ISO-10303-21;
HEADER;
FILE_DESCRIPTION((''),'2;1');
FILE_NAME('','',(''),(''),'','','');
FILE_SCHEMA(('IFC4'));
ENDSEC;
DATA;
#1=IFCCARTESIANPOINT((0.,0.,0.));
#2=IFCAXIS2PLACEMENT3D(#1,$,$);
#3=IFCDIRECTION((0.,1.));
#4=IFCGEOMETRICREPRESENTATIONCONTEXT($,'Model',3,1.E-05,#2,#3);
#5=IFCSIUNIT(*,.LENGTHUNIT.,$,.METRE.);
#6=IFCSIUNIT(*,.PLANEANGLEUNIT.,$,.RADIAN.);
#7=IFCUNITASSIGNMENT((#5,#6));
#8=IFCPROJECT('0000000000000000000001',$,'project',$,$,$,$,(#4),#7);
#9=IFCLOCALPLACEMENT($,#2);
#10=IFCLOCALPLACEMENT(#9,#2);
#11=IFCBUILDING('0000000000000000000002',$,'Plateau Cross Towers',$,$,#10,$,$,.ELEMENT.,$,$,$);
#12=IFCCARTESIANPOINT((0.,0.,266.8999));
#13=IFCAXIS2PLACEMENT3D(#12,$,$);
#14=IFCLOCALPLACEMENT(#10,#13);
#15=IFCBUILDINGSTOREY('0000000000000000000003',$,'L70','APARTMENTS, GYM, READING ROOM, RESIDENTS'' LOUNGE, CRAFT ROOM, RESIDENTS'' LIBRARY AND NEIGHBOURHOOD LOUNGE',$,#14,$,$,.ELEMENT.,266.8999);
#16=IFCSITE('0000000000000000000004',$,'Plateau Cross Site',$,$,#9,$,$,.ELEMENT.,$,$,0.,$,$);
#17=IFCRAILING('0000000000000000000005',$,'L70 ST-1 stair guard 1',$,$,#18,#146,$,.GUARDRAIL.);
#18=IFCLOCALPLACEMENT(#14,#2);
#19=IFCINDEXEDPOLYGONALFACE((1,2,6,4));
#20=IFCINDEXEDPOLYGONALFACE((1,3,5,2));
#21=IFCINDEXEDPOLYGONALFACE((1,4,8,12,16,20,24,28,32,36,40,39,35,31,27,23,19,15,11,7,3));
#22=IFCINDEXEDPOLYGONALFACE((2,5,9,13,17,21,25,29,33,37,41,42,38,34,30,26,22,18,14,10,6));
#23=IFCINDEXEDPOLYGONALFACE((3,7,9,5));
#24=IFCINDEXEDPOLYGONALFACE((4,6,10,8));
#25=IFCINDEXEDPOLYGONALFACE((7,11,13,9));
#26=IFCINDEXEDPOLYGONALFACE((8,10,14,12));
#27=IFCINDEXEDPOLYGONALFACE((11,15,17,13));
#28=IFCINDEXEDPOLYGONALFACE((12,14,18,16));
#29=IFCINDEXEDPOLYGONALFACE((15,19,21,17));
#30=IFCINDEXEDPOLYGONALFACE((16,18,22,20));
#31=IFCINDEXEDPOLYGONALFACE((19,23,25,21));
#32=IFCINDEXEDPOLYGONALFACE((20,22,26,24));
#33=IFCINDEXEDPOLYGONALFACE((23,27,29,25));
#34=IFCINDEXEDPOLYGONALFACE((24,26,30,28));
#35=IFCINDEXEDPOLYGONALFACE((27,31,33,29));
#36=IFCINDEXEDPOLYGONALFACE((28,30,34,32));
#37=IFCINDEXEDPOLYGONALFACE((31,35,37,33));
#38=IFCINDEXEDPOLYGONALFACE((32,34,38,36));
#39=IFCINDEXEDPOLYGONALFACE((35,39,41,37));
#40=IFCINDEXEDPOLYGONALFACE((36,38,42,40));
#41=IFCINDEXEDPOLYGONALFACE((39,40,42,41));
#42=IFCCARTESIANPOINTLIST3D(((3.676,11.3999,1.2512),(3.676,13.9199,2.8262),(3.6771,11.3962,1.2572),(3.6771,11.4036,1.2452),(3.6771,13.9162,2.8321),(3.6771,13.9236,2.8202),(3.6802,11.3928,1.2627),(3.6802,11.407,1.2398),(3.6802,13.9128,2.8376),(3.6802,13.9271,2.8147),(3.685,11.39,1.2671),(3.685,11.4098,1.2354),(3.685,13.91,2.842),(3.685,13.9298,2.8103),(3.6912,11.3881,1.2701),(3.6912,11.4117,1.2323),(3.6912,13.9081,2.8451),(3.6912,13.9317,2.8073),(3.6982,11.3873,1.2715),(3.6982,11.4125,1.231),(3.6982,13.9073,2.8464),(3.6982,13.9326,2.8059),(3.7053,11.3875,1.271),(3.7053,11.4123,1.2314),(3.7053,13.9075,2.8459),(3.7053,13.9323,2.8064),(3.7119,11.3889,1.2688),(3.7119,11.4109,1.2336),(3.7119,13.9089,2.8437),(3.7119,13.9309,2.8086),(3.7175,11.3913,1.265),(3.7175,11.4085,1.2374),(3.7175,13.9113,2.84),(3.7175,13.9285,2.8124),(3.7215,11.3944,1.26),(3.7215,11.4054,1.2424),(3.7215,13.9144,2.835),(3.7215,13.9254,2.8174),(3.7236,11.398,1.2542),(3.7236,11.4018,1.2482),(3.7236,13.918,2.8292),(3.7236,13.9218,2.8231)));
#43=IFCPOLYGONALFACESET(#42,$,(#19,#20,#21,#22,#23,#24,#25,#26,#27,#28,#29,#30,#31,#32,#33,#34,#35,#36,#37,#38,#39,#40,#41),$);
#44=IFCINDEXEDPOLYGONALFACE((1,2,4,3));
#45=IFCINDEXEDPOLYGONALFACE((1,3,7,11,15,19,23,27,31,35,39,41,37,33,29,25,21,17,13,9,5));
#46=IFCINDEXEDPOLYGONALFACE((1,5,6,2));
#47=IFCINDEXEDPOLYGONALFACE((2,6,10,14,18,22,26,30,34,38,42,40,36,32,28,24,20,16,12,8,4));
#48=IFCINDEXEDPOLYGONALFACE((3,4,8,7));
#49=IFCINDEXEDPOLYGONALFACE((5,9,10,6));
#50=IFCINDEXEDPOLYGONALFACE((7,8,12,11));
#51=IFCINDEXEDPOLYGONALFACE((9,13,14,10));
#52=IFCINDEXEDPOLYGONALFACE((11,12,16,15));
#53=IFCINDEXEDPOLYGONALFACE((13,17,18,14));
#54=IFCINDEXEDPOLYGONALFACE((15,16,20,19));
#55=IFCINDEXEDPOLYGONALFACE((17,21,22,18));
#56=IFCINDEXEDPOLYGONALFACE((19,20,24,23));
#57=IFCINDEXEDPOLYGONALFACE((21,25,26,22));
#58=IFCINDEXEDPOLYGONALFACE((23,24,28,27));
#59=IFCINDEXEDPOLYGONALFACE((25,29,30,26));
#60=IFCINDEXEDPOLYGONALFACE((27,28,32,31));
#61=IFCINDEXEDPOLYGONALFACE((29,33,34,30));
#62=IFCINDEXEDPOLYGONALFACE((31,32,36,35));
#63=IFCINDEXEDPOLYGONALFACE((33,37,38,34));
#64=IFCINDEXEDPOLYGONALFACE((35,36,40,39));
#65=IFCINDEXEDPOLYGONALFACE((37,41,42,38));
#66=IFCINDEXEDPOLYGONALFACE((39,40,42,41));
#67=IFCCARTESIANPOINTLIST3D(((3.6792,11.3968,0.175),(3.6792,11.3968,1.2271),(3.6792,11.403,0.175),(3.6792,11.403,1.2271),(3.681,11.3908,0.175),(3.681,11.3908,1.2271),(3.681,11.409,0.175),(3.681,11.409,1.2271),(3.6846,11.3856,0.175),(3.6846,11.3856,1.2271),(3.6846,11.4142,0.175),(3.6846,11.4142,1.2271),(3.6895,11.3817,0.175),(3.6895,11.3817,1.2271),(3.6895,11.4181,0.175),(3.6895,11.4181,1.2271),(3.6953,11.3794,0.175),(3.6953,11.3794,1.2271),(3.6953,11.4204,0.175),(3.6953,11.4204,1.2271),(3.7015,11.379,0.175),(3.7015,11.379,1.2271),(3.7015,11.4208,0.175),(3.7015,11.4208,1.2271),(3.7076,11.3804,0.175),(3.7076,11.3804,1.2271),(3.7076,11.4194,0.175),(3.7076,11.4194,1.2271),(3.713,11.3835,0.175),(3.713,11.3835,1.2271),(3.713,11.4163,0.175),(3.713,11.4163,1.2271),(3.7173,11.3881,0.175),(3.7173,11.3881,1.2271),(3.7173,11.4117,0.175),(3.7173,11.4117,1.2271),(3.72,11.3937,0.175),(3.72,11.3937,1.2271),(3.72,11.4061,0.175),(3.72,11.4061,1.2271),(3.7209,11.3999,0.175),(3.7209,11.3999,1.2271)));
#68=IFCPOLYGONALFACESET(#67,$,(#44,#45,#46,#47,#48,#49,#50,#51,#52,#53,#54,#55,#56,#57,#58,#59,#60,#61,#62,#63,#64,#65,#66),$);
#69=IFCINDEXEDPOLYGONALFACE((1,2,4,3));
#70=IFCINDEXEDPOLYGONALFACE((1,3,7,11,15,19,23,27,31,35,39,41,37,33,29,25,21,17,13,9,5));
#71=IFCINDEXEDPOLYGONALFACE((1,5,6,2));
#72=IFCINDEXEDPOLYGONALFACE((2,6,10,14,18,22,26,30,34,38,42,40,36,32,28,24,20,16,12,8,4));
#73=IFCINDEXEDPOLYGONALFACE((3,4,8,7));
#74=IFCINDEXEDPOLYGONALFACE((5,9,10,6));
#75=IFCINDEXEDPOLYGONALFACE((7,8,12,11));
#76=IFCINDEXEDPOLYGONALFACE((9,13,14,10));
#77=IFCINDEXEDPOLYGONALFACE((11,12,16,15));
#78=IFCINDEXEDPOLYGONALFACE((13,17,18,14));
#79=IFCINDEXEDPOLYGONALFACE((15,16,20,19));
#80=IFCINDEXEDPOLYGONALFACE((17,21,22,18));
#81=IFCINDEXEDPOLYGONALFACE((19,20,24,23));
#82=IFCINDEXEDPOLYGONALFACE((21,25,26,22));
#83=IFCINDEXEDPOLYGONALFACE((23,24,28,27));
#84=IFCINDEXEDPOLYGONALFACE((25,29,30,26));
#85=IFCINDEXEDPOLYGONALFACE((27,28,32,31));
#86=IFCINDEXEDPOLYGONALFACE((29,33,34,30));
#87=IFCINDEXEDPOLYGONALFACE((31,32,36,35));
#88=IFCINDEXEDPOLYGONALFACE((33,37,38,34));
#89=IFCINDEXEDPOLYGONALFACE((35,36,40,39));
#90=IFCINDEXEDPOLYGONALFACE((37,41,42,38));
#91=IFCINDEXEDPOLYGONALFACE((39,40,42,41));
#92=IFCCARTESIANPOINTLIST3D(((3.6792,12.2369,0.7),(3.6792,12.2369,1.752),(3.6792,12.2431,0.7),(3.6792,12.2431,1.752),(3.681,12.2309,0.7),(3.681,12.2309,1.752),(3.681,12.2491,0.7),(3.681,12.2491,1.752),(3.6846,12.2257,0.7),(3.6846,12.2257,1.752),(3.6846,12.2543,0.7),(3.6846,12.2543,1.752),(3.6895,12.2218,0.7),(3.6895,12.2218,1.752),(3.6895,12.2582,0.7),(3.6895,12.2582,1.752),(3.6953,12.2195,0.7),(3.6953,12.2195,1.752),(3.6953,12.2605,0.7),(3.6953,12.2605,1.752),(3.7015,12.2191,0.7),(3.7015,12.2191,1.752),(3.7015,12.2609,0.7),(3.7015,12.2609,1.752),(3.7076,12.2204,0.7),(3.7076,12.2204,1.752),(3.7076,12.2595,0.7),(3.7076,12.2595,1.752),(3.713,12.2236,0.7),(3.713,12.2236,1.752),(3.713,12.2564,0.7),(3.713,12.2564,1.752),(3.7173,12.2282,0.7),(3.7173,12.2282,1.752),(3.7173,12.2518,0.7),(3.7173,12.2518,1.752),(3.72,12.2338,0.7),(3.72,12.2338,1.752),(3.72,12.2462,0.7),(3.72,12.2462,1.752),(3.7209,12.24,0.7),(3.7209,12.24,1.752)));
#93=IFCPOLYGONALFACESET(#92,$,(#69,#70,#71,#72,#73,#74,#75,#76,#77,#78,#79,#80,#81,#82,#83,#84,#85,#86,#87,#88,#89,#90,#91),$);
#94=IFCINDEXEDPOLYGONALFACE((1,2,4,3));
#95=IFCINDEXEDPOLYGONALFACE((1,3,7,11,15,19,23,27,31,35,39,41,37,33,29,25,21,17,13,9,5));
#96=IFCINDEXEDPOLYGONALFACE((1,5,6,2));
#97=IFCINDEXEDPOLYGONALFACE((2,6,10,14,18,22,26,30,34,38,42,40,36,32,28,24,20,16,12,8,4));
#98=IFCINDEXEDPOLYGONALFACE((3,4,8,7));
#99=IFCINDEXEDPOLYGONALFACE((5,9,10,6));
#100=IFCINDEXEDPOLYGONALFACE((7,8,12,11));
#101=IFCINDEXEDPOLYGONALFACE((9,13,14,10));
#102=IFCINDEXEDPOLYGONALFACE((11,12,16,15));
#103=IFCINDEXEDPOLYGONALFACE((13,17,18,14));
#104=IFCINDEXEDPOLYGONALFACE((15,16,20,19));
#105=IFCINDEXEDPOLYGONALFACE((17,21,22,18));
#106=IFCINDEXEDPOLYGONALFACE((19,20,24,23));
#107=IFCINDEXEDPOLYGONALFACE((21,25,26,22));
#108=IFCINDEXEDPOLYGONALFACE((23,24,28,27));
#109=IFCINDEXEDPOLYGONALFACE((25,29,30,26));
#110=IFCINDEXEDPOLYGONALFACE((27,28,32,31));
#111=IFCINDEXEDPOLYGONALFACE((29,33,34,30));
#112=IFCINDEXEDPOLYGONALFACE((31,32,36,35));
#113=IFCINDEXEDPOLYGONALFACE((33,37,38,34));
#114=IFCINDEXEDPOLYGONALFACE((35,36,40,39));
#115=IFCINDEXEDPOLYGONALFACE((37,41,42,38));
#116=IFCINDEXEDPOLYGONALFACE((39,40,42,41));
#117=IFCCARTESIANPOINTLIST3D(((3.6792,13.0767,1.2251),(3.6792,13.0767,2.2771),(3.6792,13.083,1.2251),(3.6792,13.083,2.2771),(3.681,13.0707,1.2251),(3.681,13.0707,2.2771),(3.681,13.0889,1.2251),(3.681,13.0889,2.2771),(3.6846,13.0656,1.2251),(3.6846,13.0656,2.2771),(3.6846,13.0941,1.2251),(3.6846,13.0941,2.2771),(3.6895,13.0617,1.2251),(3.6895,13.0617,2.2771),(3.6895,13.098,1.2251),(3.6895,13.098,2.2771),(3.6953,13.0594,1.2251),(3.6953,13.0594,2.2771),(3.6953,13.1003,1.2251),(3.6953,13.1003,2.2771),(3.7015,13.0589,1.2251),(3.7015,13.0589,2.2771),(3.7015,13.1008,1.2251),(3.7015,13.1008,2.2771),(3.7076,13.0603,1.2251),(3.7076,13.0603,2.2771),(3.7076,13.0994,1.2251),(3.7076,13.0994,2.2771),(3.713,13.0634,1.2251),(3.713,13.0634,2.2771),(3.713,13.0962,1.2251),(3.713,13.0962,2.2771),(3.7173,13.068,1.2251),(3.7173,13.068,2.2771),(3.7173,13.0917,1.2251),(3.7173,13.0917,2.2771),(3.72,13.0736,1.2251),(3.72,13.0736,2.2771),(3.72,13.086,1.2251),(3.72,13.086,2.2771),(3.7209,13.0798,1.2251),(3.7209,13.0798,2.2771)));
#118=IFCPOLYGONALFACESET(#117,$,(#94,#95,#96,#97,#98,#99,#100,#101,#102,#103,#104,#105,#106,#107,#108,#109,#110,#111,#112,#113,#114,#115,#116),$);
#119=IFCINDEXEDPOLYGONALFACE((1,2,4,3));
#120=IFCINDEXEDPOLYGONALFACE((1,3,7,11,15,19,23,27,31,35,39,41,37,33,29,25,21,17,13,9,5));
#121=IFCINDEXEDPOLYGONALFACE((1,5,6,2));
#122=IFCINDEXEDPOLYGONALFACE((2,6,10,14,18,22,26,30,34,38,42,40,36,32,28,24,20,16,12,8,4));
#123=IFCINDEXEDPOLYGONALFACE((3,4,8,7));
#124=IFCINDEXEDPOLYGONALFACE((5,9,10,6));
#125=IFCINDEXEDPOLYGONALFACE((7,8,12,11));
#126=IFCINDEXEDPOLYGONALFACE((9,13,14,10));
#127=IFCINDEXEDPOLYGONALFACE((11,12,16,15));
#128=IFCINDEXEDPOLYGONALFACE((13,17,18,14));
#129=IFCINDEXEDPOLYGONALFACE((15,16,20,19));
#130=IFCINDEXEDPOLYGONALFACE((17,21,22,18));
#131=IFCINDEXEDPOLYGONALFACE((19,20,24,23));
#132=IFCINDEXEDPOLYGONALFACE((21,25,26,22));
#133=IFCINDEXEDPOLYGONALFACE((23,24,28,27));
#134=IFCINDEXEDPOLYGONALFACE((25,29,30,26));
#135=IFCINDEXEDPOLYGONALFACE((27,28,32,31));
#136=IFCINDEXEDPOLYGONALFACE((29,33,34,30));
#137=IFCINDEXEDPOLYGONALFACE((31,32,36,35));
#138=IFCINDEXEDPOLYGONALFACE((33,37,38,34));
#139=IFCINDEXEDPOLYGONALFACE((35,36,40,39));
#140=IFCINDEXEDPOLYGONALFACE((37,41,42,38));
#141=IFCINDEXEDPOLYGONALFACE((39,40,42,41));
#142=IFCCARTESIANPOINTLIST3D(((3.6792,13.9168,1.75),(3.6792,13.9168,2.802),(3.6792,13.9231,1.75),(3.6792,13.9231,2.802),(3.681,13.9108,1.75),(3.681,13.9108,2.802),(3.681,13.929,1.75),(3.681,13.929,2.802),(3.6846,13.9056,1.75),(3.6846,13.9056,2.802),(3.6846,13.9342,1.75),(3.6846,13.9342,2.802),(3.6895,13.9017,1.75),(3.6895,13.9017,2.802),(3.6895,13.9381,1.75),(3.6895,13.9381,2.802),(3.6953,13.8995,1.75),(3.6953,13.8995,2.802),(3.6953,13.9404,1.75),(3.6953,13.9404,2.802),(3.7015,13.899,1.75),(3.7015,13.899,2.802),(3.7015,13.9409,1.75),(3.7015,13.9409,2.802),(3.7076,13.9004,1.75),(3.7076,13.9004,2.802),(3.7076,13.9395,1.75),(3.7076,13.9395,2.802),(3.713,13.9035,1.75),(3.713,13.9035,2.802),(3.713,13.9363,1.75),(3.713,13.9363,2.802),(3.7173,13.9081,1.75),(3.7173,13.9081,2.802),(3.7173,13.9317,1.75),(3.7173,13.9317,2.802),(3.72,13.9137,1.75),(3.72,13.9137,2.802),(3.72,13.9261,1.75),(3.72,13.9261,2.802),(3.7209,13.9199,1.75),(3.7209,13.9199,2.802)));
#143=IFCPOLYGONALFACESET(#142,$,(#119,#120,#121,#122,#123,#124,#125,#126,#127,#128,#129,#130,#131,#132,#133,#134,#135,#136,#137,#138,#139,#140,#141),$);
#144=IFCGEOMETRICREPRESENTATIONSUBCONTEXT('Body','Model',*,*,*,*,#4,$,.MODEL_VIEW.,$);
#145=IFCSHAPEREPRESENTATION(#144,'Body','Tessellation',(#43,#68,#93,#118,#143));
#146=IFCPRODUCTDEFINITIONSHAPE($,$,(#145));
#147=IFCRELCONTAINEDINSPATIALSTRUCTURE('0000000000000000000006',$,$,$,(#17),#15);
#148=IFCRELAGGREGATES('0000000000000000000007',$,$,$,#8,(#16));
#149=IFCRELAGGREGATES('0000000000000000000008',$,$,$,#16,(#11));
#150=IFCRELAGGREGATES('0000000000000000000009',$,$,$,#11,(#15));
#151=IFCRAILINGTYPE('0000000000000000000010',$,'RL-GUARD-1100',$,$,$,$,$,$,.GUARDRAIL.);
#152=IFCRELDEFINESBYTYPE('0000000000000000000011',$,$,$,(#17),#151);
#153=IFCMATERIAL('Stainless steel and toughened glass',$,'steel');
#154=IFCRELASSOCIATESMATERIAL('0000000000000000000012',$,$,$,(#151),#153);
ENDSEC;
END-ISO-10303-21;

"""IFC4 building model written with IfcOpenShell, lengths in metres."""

from ifc_helpers import new_model, si_unit, direction, frame, origin, origin_2d, place, context, subcontext, project, spatial, circle, extrude, material, type_object, element, save


model = new_model("IFC4")

# Units and contexts
model_context = context("Model", 3, precision=1e-05, world=origin(), true_north=direction((0.0, 1.0)))
body_context = subcontext(model_context, "Body", "Model", "MODEL_VIEW")
ifc_project = project(units=[si_unit("LENGTHUNIT", "METRE"), si_unit("PLANEANGLEUNIT", "RADIAN")], contexts=[model_context])

# Site, building, storey
site_placement = place(None, origin())
site = spatial("IfcSite", under=ifc_project, at=site_placement, Name="Plateau Cross Site", CompositionType="ELEMENT", RefElevation=0.0)
building_placement = place(site_placement, origin())
building = spatial("IfcBuilding", under=site, at=building_placement, Name="Plateau Cross Towers", CompositionType="ELEMENT")
storey_placement = place(building_placement, frame((0.0, 0.0, 266.8999)))
storey = spatial("IfcBuildingStorey", under=building, at=storey_placement, Name="L70", Description="APARTMENTS, GYM, READING ROOM, RESIDENTS' LOUNGE, CRAFT ROOM, RESIDENTS' LIBRARY AND NEIGHBOURHOOD LOUNGE", CompositionType="ELEMENT", Elevation=266.8999)

# Railing
ifc_material_1 = material(Name="Stainless steel and toughened glass", Category="steel")
railing_type_1 = type_object("IfcRailingType", Name="RL-GUARD-1100", PredefinedType="GUARDRAIL", material=ifc_material_1)
railing_1_placement = place(storey_placement, frame((3.7, 11.3999, 0.175)))
element("IfcRailing", 1, at=railing_1_placement, inside=storey, type_object=railing_type_1, Name="L70 ST-1 stair guard 1", PredefinedType="GUARDRAIL", context=body_context, shape_type="SweptSolid", body=[
    extrude(circle(Radius=0.0239, at=origin_2d()), frame((0.0, 0.0, 1.0762), z_axis=(0.0, 0.848008, 0.529984), x_axis=(-1.0, 0.0, 0.0)), (0.0, 0.0, 1.0), 2.9717),
    extrude(circle(Radius=0.021, at=origin_2d()), origin(), (0.0, 0.0, 1.0), 1.052),
    extrude(circle(Radius=0.021, at=origin_2d()), frame((0.0, 0.8401, 0.5249)), (0.0, 0.0, 1.0), 1.052),
    extrude(circle(Radius=0.021, at=origin_2d()), frame((0.0, 1.6799, 1.05)), (0.0, 0.0, 1.0), 1.052),
    extrude(circle(Radius=0.021, at=origin_2d()), frame((0.0, 2.52, 1.575)), (0.0, 0.0, 1.0), 1.052),
])

save(model, "model.ifc")
